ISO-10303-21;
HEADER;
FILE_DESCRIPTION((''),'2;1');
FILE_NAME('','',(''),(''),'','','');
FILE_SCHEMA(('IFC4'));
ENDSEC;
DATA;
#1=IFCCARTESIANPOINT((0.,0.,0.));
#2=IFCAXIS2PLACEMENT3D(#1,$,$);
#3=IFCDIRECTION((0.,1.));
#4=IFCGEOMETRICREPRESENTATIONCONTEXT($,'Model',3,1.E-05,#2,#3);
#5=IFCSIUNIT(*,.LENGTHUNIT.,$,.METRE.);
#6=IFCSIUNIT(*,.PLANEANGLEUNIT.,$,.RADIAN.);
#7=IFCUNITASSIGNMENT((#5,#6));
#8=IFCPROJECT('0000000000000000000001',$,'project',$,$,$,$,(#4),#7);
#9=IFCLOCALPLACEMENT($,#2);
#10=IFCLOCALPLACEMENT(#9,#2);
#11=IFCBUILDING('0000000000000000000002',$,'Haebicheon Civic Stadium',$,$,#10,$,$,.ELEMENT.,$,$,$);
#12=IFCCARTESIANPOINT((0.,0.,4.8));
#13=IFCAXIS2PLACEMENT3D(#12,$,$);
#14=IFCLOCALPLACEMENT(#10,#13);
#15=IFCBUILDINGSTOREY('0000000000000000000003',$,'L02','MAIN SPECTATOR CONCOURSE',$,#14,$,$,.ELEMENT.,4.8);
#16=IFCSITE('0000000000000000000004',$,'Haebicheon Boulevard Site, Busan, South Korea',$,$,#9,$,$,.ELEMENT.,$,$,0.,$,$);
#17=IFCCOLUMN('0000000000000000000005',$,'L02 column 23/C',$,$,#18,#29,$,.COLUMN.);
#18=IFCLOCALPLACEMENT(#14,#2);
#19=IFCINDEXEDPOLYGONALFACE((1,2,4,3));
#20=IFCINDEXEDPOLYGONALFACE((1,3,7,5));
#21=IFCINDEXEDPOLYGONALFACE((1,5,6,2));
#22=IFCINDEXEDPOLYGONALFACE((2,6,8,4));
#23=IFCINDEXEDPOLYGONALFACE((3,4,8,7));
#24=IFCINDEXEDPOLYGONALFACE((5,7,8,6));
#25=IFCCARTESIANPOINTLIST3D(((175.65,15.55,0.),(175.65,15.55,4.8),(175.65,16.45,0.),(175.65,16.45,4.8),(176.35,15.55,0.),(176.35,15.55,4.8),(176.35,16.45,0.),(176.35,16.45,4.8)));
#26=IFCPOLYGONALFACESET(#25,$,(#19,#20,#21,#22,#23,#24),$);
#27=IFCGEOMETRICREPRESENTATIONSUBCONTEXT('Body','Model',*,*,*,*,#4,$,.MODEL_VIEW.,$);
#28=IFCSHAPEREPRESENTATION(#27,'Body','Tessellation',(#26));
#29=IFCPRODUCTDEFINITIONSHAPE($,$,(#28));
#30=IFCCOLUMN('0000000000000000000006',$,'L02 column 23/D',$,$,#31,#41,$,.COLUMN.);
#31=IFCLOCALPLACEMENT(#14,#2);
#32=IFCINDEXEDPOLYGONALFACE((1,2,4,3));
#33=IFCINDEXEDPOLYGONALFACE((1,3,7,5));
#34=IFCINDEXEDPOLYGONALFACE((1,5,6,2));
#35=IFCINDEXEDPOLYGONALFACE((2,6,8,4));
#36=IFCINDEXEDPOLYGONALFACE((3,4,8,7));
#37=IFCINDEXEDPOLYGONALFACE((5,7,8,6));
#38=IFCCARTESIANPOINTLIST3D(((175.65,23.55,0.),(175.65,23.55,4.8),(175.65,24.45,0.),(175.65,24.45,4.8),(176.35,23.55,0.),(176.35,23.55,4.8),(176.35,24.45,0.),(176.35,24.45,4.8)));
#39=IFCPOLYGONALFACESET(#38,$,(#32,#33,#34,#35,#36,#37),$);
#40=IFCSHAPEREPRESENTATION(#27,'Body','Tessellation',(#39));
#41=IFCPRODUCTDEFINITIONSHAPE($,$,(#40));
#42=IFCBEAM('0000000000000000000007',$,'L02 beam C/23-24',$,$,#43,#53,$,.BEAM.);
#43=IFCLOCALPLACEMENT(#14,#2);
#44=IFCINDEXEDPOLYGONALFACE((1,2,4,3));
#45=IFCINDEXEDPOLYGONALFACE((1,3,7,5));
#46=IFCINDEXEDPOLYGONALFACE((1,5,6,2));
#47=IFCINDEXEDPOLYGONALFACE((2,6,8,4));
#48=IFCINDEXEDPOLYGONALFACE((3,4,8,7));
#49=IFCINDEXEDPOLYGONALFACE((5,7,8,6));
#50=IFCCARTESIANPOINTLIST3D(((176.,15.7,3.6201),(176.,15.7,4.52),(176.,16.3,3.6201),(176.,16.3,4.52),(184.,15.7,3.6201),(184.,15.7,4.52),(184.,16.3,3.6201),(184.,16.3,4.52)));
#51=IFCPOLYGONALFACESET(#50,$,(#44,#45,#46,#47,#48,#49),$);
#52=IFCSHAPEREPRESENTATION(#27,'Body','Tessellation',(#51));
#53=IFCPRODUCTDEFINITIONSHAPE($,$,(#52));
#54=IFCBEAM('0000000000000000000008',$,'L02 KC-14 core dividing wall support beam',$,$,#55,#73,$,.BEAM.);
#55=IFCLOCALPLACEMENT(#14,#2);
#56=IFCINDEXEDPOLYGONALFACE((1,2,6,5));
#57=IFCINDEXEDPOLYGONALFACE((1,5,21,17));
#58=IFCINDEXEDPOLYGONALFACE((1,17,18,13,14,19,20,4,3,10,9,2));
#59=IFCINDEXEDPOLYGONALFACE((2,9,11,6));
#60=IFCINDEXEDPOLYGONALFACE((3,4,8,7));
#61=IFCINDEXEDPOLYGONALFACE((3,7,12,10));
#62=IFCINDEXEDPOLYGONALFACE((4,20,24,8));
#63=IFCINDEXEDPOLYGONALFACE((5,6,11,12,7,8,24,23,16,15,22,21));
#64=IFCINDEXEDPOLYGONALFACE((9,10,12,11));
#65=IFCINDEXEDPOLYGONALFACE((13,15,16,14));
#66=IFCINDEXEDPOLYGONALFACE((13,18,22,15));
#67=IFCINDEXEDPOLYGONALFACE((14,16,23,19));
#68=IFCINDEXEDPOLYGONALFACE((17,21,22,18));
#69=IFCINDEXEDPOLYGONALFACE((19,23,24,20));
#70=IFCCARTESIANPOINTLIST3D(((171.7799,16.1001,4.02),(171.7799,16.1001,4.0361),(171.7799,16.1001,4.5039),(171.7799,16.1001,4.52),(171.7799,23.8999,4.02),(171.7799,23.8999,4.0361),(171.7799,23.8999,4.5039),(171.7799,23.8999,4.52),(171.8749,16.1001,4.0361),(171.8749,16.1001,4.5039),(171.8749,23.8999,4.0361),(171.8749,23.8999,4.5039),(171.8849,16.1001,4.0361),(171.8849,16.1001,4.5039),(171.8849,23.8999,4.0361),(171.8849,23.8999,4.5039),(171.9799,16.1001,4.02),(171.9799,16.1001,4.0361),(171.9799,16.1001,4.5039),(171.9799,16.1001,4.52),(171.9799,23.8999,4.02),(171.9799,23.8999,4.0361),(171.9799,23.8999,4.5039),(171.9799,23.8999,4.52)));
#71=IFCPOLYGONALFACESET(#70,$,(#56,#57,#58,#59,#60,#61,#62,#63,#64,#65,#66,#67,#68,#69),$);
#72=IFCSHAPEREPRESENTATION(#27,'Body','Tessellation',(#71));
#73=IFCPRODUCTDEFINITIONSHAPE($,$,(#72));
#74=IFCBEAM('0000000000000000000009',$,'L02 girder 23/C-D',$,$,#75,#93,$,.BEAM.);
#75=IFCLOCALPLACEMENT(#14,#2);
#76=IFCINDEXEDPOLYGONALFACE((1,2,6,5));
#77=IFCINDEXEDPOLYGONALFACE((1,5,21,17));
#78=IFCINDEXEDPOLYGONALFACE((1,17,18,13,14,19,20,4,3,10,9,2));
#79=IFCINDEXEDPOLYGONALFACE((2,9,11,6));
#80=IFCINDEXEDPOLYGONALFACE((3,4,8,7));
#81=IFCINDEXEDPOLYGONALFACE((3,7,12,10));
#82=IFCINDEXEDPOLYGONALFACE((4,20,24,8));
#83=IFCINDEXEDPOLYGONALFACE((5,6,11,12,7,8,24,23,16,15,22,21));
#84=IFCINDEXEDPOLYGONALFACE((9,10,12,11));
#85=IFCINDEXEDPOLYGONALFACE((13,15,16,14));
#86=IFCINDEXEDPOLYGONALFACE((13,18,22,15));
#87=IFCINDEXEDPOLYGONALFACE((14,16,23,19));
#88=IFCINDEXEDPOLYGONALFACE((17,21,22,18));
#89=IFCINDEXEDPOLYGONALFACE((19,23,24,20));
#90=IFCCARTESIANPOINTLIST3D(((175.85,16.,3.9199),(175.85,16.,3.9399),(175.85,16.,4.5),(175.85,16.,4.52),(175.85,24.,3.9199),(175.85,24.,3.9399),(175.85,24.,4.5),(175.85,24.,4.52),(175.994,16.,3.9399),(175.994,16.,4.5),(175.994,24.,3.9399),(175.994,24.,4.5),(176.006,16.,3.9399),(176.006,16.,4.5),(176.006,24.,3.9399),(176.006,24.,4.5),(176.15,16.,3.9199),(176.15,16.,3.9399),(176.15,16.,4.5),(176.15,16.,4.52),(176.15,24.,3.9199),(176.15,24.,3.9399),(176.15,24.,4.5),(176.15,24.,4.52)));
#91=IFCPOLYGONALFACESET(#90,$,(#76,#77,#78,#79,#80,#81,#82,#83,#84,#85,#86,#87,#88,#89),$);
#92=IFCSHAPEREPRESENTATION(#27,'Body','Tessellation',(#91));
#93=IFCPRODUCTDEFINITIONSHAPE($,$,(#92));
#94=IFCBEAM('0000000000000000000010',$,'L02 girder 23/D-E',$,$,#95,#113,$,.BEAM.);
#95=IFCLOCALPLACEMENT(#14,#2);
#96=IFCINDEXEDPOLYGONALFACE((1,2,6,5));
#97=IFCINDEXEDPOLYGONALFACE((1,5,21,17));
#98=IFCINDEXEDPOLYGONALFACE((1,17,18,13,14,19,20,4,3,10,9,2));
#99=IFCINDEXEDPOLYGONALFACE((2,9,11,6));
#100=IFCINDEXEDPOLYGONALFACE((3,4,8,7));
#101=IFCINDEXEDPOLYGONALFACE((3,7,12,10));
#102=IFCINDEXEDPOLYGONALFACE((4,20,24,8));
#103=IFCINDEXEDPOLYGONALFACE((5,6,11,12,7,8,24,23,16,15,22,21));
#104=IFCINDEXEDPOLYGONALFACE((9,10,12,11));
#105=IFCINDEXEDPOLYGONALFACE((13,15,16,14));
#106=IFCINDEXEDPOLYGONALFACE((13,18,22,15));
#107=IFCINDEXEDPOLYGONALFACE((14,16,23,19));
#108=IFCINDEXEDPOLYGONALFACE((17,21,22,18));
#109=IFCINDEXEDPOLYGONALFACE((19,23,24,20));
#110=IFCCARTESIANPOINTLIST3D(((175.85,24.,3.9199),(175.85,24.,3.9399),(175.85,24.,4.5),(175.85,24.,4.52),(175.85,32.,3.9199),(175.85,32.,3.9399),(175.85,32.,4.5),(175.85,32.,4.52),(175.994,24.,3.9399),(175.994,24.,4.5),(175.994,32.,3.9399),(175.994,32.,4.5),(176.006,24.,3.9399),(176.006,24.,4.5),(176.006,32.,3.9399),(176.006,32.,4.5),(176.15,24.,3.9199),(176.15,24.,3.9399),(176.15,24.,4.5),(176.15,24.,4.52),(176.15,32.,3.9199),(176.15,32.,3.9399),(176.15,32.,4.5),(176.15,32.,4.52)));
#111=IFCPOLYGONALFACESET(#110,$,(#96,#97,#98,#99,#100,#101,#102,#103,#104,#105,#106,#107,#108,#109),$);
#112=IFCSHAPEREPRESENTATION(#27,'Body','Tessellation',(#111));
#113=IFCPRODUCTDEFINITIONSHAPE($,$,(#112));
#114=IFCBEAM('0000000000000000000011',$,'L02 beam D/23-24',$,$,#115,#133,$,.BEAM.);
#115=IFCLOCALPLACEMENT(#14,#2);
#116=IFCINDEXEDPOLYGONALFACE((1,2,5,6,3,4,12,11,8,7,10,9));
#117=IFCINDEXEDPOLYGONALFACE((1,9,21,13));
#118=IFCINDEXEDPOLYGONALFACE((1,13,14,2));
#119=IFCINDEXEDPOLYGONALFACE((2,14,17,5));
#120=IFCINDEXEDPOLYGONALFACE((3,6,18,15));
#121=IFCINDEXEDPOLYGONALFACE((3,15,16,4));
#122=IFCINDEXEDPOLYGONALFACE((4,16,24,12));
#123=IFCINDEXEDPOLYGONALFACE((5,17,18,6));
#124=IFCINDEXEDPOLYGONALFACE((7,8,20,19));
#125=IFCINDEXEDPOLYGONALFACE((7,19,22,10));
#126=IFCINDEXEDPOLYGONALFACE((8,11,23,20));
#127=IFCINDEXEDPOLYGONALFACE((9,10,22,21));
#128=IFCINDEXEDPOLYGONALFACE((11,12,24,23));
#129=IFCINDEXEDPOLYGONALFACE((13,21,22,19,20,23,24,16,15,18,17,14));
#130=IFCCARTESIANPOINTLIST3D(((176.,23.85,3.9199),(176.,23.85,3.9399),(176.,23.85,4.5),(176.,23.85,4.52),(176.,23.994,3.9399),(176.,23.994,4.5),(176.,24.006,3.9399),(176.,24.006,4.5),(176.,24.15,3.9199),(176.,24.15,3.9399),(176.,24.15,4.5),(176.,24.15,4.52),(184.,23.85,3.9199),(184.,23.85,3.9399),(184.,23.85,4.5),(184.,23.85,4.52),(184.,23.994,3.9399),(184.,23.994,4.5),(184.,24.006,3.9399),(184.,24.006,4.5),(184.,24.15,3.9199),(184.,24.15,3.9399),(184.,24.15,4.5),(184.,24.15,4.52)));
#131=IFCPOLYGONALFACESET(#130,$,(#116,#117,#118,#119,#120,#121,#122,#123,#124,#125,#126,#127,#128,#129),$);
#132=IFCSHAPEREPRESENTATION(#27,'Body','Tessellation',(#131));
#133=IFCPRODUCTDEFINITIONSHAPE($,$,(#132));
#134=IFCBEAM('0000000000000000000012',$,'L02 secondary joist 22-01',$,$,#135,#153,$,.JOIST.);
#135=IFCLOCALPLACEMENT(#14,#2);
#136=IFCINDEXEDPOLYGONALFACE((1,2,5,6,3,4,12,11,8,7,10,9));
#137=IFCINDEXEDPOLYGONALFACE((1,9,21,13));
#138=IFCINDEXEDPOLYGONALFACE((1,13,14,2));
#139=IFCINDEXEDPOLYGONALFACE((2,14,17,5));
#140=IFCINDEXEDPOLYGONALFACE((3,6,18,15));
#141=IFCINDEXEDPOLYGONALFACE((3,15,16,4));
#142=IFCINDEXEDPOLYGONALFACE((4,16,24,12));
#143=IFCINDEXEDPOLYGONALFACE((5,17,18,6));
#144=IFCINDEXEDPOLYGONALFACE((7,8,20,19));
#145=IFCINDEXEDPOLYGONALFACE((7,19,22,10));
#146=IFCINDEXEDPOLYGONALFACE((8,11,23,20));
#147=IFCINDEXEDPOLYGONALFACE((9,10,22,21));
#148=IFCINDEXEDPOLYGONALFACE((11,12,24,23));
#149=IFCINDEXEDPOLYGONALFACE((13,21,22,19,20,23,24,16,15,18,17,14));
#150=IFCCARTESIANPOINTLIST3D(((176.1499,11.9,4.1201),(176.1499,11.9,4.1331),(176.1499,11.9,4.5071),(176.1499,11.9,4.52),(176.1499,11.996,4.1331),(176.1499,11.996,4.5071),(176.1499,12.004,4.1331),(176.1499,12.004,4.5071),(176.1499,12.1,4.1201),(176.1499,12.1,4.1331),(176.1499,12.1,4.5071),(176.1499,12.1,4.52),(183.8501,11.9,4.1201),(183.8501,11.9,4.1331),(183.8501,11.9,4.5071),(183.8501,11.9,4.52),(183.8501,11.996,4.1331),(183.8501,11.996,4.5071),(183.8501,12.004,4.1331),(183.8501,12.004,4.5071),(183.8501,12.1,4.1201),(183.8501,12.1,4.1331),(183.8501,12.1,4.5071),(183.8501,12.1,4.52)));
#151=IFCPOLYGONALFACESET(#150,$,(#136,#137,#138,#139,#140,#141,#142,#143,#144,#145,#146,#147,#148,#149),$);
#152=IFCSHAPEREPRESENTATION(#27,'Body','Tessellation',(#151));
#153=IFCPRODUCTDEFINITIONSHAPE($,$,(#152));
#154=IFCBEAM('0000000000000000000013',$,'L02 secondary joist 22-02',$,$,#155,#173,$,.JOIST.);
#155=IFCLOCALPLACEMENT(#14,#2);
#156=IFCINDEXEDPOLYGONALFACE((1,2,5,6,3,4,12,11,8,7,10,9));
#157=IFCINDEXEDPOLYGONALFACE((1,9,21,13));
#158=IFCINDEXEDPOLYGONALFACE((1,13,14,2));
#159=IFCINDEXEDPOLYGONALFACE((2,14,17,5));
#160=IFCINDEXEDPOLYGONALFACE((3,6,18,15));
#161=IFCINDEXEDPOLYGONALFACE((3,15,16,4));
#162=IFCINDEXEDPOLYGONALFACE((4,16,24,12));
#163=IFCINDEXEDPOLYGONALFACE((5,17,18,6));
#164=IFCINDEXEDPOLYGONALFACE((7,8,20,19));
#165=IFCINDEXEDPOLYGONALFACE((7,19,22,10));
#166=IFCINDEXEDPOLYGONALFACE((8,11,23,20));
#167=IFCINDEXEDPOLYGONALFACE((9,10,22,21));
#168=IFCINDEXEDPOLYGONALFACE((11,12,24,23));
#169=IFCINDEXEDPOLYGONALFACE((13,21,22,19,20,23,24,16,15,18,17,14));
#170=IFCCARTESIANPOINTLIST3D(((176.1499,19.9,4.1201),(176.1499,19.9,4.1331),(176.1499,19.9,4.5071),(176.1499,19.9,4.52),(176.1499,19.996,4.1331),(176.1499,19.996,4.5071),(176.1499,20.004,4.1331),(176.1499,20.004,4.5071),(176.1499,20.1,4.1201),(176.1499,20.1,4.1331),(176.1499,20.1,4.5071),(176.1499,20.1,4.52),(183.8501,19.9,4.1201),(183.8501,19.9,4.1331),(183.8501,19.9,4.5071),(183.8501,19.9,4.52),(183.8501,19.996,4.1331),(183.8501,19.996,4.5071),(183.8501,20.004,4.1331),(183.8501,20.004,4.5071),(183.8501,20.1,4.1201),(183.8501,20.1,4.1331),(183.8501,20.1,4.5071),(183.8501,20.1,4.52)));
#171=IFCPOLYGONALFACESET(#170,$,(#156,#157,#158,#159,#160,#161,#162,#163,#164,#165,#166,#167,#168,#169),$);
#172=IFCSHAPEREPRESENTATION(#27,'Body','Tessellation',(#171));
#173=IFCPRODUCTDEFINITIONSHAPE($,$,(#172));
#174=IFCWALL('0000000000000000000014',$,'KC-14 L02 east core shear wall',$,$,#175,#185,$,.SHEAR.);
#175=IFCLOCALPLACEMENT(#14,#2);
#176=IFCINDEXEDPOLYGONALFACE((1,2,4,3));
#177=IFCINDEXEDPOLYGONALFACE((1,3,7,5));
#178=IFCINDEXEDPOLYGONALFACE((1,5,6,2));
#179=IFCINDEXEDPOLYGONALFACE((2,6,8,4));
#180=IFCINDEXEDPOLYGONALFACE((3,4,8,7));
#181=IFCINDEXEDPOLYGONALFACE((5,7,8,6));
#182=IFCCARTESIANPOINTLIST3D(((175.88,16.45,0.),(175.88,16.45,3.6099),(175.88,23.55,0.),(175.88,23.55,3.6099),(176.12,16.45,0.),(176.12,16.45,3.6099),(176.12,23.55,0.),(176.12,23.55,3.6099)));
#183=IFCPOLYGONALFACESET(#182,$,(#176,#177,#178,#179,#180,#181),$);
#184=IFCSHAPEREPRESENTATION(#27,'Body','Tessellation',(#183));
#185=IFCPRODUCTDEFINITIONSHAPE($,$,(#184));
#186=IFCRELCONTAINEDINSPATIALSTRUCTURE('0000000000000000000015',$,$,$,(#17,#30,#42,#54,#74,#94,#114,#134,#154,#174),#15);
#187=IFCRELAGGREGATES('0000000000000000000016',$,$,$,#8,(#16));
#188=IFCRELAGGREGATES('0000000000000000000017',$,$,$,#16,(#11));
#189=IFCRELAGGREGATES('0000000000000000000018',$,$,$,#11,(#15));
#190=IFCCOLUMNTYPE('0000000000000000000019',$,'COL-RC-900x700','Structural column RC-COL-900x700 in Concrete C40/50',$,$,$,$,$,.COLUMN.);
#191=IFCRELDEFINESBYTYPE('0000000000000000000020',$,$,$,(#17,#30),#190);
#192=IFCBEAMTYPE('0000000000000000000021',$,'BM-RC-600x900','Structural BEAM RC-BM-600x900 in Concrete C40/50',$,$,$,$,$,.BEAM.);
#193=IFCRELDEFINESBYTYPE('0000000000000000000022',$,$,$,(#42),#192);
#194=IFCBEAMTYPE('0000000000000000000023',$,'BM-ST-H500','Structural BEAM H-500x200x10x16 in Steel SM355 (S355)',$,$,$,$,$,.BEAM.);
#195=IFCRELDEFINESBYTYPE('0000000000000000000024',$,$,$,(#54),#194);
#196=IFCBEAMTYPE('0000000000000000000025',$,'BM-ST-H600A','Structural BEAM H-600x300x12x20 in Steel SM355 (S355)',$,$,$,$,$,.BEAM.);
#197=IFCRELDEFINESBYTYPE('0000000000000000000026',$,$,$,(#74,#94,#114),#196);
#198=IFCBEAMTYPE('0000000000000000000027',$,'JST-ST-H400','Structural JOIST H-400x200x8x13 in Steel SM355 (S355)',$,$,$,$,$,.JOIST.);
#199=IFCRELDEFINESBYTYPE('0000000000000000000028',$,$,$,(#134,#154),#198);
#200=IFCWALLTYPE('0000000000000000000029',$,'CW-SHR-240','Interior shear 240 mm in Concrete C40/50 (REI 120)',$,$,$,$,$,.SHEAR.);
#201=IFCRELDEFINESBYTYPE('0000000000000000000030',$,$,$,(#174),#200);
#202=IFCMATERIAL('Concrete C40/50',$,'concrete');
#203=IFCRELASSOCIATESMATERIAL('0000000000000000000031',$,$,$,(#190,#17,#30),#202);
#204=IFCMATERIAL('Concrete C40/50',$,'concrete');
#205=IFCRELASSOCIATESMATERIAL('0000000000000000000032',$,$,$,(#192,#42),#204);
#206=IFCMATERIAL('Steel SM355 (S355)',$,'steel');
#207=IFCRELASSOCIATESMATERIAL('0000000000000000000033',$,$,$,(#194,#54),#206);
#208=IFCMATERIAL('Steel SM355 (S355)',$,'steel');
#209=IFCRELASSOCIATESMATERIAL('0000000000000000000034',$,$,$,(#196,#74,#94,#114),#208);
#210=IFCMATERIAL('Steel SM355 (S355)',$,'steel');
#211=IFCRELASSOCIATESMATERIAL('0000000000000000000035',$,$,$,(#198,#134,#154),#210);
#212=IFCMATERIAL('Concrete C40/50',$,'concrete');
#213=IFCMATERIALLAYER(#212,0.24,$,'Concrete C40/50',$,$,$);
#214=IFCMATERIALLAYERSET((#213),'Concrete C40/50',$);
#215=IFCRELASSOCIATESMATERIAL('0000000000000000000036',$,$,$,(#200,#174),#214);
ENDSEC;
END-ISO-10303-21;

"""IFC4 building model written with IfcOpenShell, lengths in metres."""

from ifc_helpers import new_model, si_unit, direction, frame, frame_2d, origin, origin_2d, place, context, subcontext, project, spatial, rectangle, i_section, extrude, material, layer, layer_set, material_profile, profile_set, type_object, element, save


model = new_model("IFC4")

# Units and contexts
model_context = context("Model", 3, precision=1e-05, world=origin(), true_north=direction((0.0, 1.0)))
body_context = subcontext(model_context, "Body", "Model", "MODEL_VIEW")
ifc_project = project(units=[si_unit("LENGTHUNIT", "METRE"), si_unit("PLANEANGLEUNIT", "RADIAN")], contexts=[model_context])

# Site, building, storey
site_placement = place(None, origin())
site = spatial("IfcSite", under=ifc_project, at=site_placement, Name="Haebicheon Boulevard Site, Busan, South Korea", CompositionType="ELEMENT", RefElevation=0.0)
building_placement = place(site_placement, origin())
building = spatial("IfcBuilding", under=site, at=building_placement, Name="Haebicheon Civic Stadium", CompositionType="ELEMENT")
storey_placement = place(building_placement, frame((0.0, 0.0, 4.8)))
storey = spatial("IfcBuildingStorey", under=building, at=storey_placement, Name="L02", Description="MAIN SPECTATOR CONCOURSE", CompositionType="ELEMENT", Elevation=4.8)

# Columns
ifc_material_1 = material(Name="Concrete C40/50", Category="concrete")
ifc_material_profile_1 = material_profile(ifc_material_1, rectangle(XDim=0.7, YDim=0.8999, at=origin_2d()), Name="RC-COL-900x700")
ifc_profile_set_1 = profile_set([ifc_material_profile_1], Name="Concrete C40/50")
column_type = type_object("IfcColumnType", Name="COL-RC-900x700", Description="Structural column RC-COL-900x700 in Concrete C40/50", PredefinedType="COLUMN", material=ifc_profile_set_1)
for number, where, z_axis, x_axis, name in (
    (1, (176.0, 16.0, 0.0), (0.0, 0.0, 1.0), (1.0, 0.0, 0.0), "L02 column 23/C"),
    (2, (176.0, 24.0, 0.0), (0.0, 0.0, 1.0), (1.0, 0.0, 0.0), "L02 column 23/D"),
):
    element("IfcColumn", number, at=place(storey_placement, frame(where, z_axis=z_axis, x_axis=x_axis)), inside=storey, type_object=column_type, material=ifc_profile_set_1, Name=name, PredefinedType="COLUMN", context=body_context, shape_type="SweptSolid", body=[
        extrude(rectangle(XDim=0.7, YDim=0.8999, at=origin_2d()), origin(), (0.0, 0.0, 1.0), 4.8),
    ])

# Beams
ifc_material_2 = material(Name="Concrete C40/50", Category="concrete")
ifc_material_profile_2 = material_profile(ifc_material_2, rectangle(XDim=0.6001, YDim=0.8999, at=origin_2d()), Name="RC-BM-600x900")
ifc_profile_set_2 = profile_set([ifc_material_profile_2], Name="Concrete C40/50")
beam_type_1 = type_object("IfcBeamType", Name="BM-RC-600x900", Description="Structural BEAM RC-BM-600x900 in Concrete C40/50", PredefinedType="BEAM", material=ifc_profile_set_2)
beam_1_placement = place(storey_placement, frame((176.0, 16.0, 4.0701), z_axis=(1.0, 0.0, 0.0), x_axis=(0.0, 1.0, 0.0)))
element("IfcBeam", 3, at=beam_1_placement, inside=storey, type_object=beam_type_1, material=ifc_profile_set_2, Name="L02 beam C/23-24", PredefinedType="BEAM", context=body_context, shape_type="SweptSolid", body=[
    extrude(rectangle(XDim=0.6001, YDim=0.8999, at=origin_2d()), origin(), (0.0, 0.0, 1.0), 8.0),
])
ifc_material_3 = material(Name="Steel SM355 (S355)", Category="steel")
ifc_material_profile_3 = material_profile(ifc_material_3, i_section(OverallWidth=0.2, OverallDepth=0.5, WebThickness=0.01, FlangeThickness=0.0161, at=origin_2d()), Name="H-500x200x10x16")
ifc_profile_set_3 = profile_set([ifc_material_profile_3], Name="Steel SM355 (S355)")
beam_type_2 = type_object("IfcBeamType", Name="BM-ST-H500", Description="Structural BEAM H-500x200x10x16 in Steel SM355 (S355)", PredefinedType="BEAM", material=ifc_profile_set_3)
beam_2_placement = place(storey_placement, frame((171.8799, 16.1001, 4.27), z_axis=(0.0, 1.0, 0.0), x_axis=(-1.0, 0.0, 0.0)))
element("IfcBeam", 4, at=beam_2_placement, inside=storey, type_object=beam_type_2, material=ifc_profile_set_3, Name="L02 KC-14 core dividing wall support beam", PredefinedType="BEAM", context=body_context, shape_type="SweptSolid", body=[
    extrude(i_section(OverallWidth=0.2, OverallDepth=0.5, WebThickness=0.01, FlangeThickness=0.0161, at=origin_2d()), origin(), (0.0, 0.0, 1.0), 7.7998),
])
ifc_material_4 = material(Name="Steel SM355 (S355)", Category="steel")
ifc_material_profile_4 = material_profile(ifc_material_4, i_section(OverallWidth=0.3, OverallDepth=0.6001, WebThickness=0.012, FlangeThickness=0.02, at=origin_2d()), Name="H-600x300x12x20")
ifc_profile_set_4 = profile_set([ifc_material_profile_4], Name="Steel SM355 (S355)")
beam_type_3 = type_object("IfcBeamType", Name="BM-ST-H600A", Description="Structural BEAM H-600x300x12x20 in Steel SM355 (S355)", PredefinedType="BEAM", material=ifc_profile_set_4)
for number, where, z_axis, x_axis, name in (
    (5, (176.0, 16.0, 4.22), (0.0, 1.0, 0.0), (-1.0, 0.0, 0.0), "L02 girder 23/C-D"),
    (6, (176.0, 24.0, 4.22), (0.0, 1.0, 0.0), (-1.0, 0.0, 0.0), "L02 girder 23/D-E"),
    (7, (176.0, 24.0, 4.22), (1.0, 0.0, 0.0), (0.0, 1.0, 0.0), "L02 beam D/23-24"),
):
    element("IfcBeam", number, at=place(storey_placement, frame(where, z_axis=z_axis, x_axis=x_axis)), inside=storey, type_object=beam_type_3, material=ifc_profile_set_4, Name=name, PredefinedType="BEAM", context=body_context, shape_type="SweptSolid", body=[
        extrude(i_section(OverallWidth=0.3, OverallDepth=0.6001, WebThickness=0.012, FlangeThickness=0.02, at=origin_2d()), origin(), (0.0, 0.0, 1.0), 8.0),
    ])
ifc_material_5 = material(Name="Steel SM355 (S355)", Category="steel")
ifc_material_profile_5 = material_profile(ifc_material_5, i_section(OverallWidth=0.2, OverallDepth=0.3999, WebThickness=0.0081, FlangeThickness=0.0129, at=origin_2d()), Name="H-400x200x8x13")
ifc_profile_set_5 = profile_set([ifc_material_profile_5], Name="Steel SM355 (S355)")
beam_type_4 = type_object("IfcBeamType", Name="JST-ST-H400", Description="Structural JOIST H-400x200x8x13 in Steel SM355 (S355)", PredefinedType="JOIST", material=ifc_profile_set_5)
for number, where, z_axis, x_axis, name in (
    (8, (176.1499, 12.0, 4.3201), (1.0, 0.0, 0.0), (0.0, 1.0, 0.0), "L02 secondary joist 22-01"),
    (9, (176.1499, 20.0, 4.3201), (1.0, 0.0, 0.0), (0.0, 1.0, 0.0), "L02 secondary joist 22-02"),
):
    element("IfcBeam", number, at=place(storey_placement, frame(where, z_axis=z_axis, x_axis=x_axis)), inside=storey, type_object=beam_type_4, material=ifc_profile_set_5, Name=name, PredefinedType="JOIST", context=body_context, shape_type="SweptSolid", body=[
        extrude(i_section(OverallWidth=0.2, OverallDepth=0.3999, WebThickness=0.0081, FlangeThickness=0.0129, at=origin_2d()), origin(), (0.0, 0.0, 1.0), 7.7002),
    ])

# Wall
ifc_material_6 = material(Name="Concrete C40/50", Category="concrete")
ifc_layer = layer(ifc_material_6, 0.24, Name="Concrete C40/50")
ifc_layer_set = layer_set([ifc_layer], Name="Concrete C40/50")
wall_type = type_object("IfcWallType", Name="CW-SHR-240", Description="Interior shear 240 mm in Concrete C40/50 (REI 120)", PredefinedType="SHEAR", material=ifc_layer_set)
wall_1_placement = place(storey_placement, frame((176.0, 16.45, 0.0), z_axis=(0.0, 0.0, 1.0), x_axis=(0.0, 1.0, 0.0)))
element("IfcWall", 10, at=wall_1_placement, inside=storey, type_object=wall_type, material=ifc_layer_set, Name="KC-14 L02 east core shear wall", PredefinedType="SHEAR", context=body_context, shape_type="SweptSolid", body=[
    extrude(rectangle(XDim=7.1001, YDim=0.24, at=frame_2d((3.55, 0.0))), origin(), (0.0, 0.0, 1.0), 3.6099),
])

save(model, "model.ifc")
